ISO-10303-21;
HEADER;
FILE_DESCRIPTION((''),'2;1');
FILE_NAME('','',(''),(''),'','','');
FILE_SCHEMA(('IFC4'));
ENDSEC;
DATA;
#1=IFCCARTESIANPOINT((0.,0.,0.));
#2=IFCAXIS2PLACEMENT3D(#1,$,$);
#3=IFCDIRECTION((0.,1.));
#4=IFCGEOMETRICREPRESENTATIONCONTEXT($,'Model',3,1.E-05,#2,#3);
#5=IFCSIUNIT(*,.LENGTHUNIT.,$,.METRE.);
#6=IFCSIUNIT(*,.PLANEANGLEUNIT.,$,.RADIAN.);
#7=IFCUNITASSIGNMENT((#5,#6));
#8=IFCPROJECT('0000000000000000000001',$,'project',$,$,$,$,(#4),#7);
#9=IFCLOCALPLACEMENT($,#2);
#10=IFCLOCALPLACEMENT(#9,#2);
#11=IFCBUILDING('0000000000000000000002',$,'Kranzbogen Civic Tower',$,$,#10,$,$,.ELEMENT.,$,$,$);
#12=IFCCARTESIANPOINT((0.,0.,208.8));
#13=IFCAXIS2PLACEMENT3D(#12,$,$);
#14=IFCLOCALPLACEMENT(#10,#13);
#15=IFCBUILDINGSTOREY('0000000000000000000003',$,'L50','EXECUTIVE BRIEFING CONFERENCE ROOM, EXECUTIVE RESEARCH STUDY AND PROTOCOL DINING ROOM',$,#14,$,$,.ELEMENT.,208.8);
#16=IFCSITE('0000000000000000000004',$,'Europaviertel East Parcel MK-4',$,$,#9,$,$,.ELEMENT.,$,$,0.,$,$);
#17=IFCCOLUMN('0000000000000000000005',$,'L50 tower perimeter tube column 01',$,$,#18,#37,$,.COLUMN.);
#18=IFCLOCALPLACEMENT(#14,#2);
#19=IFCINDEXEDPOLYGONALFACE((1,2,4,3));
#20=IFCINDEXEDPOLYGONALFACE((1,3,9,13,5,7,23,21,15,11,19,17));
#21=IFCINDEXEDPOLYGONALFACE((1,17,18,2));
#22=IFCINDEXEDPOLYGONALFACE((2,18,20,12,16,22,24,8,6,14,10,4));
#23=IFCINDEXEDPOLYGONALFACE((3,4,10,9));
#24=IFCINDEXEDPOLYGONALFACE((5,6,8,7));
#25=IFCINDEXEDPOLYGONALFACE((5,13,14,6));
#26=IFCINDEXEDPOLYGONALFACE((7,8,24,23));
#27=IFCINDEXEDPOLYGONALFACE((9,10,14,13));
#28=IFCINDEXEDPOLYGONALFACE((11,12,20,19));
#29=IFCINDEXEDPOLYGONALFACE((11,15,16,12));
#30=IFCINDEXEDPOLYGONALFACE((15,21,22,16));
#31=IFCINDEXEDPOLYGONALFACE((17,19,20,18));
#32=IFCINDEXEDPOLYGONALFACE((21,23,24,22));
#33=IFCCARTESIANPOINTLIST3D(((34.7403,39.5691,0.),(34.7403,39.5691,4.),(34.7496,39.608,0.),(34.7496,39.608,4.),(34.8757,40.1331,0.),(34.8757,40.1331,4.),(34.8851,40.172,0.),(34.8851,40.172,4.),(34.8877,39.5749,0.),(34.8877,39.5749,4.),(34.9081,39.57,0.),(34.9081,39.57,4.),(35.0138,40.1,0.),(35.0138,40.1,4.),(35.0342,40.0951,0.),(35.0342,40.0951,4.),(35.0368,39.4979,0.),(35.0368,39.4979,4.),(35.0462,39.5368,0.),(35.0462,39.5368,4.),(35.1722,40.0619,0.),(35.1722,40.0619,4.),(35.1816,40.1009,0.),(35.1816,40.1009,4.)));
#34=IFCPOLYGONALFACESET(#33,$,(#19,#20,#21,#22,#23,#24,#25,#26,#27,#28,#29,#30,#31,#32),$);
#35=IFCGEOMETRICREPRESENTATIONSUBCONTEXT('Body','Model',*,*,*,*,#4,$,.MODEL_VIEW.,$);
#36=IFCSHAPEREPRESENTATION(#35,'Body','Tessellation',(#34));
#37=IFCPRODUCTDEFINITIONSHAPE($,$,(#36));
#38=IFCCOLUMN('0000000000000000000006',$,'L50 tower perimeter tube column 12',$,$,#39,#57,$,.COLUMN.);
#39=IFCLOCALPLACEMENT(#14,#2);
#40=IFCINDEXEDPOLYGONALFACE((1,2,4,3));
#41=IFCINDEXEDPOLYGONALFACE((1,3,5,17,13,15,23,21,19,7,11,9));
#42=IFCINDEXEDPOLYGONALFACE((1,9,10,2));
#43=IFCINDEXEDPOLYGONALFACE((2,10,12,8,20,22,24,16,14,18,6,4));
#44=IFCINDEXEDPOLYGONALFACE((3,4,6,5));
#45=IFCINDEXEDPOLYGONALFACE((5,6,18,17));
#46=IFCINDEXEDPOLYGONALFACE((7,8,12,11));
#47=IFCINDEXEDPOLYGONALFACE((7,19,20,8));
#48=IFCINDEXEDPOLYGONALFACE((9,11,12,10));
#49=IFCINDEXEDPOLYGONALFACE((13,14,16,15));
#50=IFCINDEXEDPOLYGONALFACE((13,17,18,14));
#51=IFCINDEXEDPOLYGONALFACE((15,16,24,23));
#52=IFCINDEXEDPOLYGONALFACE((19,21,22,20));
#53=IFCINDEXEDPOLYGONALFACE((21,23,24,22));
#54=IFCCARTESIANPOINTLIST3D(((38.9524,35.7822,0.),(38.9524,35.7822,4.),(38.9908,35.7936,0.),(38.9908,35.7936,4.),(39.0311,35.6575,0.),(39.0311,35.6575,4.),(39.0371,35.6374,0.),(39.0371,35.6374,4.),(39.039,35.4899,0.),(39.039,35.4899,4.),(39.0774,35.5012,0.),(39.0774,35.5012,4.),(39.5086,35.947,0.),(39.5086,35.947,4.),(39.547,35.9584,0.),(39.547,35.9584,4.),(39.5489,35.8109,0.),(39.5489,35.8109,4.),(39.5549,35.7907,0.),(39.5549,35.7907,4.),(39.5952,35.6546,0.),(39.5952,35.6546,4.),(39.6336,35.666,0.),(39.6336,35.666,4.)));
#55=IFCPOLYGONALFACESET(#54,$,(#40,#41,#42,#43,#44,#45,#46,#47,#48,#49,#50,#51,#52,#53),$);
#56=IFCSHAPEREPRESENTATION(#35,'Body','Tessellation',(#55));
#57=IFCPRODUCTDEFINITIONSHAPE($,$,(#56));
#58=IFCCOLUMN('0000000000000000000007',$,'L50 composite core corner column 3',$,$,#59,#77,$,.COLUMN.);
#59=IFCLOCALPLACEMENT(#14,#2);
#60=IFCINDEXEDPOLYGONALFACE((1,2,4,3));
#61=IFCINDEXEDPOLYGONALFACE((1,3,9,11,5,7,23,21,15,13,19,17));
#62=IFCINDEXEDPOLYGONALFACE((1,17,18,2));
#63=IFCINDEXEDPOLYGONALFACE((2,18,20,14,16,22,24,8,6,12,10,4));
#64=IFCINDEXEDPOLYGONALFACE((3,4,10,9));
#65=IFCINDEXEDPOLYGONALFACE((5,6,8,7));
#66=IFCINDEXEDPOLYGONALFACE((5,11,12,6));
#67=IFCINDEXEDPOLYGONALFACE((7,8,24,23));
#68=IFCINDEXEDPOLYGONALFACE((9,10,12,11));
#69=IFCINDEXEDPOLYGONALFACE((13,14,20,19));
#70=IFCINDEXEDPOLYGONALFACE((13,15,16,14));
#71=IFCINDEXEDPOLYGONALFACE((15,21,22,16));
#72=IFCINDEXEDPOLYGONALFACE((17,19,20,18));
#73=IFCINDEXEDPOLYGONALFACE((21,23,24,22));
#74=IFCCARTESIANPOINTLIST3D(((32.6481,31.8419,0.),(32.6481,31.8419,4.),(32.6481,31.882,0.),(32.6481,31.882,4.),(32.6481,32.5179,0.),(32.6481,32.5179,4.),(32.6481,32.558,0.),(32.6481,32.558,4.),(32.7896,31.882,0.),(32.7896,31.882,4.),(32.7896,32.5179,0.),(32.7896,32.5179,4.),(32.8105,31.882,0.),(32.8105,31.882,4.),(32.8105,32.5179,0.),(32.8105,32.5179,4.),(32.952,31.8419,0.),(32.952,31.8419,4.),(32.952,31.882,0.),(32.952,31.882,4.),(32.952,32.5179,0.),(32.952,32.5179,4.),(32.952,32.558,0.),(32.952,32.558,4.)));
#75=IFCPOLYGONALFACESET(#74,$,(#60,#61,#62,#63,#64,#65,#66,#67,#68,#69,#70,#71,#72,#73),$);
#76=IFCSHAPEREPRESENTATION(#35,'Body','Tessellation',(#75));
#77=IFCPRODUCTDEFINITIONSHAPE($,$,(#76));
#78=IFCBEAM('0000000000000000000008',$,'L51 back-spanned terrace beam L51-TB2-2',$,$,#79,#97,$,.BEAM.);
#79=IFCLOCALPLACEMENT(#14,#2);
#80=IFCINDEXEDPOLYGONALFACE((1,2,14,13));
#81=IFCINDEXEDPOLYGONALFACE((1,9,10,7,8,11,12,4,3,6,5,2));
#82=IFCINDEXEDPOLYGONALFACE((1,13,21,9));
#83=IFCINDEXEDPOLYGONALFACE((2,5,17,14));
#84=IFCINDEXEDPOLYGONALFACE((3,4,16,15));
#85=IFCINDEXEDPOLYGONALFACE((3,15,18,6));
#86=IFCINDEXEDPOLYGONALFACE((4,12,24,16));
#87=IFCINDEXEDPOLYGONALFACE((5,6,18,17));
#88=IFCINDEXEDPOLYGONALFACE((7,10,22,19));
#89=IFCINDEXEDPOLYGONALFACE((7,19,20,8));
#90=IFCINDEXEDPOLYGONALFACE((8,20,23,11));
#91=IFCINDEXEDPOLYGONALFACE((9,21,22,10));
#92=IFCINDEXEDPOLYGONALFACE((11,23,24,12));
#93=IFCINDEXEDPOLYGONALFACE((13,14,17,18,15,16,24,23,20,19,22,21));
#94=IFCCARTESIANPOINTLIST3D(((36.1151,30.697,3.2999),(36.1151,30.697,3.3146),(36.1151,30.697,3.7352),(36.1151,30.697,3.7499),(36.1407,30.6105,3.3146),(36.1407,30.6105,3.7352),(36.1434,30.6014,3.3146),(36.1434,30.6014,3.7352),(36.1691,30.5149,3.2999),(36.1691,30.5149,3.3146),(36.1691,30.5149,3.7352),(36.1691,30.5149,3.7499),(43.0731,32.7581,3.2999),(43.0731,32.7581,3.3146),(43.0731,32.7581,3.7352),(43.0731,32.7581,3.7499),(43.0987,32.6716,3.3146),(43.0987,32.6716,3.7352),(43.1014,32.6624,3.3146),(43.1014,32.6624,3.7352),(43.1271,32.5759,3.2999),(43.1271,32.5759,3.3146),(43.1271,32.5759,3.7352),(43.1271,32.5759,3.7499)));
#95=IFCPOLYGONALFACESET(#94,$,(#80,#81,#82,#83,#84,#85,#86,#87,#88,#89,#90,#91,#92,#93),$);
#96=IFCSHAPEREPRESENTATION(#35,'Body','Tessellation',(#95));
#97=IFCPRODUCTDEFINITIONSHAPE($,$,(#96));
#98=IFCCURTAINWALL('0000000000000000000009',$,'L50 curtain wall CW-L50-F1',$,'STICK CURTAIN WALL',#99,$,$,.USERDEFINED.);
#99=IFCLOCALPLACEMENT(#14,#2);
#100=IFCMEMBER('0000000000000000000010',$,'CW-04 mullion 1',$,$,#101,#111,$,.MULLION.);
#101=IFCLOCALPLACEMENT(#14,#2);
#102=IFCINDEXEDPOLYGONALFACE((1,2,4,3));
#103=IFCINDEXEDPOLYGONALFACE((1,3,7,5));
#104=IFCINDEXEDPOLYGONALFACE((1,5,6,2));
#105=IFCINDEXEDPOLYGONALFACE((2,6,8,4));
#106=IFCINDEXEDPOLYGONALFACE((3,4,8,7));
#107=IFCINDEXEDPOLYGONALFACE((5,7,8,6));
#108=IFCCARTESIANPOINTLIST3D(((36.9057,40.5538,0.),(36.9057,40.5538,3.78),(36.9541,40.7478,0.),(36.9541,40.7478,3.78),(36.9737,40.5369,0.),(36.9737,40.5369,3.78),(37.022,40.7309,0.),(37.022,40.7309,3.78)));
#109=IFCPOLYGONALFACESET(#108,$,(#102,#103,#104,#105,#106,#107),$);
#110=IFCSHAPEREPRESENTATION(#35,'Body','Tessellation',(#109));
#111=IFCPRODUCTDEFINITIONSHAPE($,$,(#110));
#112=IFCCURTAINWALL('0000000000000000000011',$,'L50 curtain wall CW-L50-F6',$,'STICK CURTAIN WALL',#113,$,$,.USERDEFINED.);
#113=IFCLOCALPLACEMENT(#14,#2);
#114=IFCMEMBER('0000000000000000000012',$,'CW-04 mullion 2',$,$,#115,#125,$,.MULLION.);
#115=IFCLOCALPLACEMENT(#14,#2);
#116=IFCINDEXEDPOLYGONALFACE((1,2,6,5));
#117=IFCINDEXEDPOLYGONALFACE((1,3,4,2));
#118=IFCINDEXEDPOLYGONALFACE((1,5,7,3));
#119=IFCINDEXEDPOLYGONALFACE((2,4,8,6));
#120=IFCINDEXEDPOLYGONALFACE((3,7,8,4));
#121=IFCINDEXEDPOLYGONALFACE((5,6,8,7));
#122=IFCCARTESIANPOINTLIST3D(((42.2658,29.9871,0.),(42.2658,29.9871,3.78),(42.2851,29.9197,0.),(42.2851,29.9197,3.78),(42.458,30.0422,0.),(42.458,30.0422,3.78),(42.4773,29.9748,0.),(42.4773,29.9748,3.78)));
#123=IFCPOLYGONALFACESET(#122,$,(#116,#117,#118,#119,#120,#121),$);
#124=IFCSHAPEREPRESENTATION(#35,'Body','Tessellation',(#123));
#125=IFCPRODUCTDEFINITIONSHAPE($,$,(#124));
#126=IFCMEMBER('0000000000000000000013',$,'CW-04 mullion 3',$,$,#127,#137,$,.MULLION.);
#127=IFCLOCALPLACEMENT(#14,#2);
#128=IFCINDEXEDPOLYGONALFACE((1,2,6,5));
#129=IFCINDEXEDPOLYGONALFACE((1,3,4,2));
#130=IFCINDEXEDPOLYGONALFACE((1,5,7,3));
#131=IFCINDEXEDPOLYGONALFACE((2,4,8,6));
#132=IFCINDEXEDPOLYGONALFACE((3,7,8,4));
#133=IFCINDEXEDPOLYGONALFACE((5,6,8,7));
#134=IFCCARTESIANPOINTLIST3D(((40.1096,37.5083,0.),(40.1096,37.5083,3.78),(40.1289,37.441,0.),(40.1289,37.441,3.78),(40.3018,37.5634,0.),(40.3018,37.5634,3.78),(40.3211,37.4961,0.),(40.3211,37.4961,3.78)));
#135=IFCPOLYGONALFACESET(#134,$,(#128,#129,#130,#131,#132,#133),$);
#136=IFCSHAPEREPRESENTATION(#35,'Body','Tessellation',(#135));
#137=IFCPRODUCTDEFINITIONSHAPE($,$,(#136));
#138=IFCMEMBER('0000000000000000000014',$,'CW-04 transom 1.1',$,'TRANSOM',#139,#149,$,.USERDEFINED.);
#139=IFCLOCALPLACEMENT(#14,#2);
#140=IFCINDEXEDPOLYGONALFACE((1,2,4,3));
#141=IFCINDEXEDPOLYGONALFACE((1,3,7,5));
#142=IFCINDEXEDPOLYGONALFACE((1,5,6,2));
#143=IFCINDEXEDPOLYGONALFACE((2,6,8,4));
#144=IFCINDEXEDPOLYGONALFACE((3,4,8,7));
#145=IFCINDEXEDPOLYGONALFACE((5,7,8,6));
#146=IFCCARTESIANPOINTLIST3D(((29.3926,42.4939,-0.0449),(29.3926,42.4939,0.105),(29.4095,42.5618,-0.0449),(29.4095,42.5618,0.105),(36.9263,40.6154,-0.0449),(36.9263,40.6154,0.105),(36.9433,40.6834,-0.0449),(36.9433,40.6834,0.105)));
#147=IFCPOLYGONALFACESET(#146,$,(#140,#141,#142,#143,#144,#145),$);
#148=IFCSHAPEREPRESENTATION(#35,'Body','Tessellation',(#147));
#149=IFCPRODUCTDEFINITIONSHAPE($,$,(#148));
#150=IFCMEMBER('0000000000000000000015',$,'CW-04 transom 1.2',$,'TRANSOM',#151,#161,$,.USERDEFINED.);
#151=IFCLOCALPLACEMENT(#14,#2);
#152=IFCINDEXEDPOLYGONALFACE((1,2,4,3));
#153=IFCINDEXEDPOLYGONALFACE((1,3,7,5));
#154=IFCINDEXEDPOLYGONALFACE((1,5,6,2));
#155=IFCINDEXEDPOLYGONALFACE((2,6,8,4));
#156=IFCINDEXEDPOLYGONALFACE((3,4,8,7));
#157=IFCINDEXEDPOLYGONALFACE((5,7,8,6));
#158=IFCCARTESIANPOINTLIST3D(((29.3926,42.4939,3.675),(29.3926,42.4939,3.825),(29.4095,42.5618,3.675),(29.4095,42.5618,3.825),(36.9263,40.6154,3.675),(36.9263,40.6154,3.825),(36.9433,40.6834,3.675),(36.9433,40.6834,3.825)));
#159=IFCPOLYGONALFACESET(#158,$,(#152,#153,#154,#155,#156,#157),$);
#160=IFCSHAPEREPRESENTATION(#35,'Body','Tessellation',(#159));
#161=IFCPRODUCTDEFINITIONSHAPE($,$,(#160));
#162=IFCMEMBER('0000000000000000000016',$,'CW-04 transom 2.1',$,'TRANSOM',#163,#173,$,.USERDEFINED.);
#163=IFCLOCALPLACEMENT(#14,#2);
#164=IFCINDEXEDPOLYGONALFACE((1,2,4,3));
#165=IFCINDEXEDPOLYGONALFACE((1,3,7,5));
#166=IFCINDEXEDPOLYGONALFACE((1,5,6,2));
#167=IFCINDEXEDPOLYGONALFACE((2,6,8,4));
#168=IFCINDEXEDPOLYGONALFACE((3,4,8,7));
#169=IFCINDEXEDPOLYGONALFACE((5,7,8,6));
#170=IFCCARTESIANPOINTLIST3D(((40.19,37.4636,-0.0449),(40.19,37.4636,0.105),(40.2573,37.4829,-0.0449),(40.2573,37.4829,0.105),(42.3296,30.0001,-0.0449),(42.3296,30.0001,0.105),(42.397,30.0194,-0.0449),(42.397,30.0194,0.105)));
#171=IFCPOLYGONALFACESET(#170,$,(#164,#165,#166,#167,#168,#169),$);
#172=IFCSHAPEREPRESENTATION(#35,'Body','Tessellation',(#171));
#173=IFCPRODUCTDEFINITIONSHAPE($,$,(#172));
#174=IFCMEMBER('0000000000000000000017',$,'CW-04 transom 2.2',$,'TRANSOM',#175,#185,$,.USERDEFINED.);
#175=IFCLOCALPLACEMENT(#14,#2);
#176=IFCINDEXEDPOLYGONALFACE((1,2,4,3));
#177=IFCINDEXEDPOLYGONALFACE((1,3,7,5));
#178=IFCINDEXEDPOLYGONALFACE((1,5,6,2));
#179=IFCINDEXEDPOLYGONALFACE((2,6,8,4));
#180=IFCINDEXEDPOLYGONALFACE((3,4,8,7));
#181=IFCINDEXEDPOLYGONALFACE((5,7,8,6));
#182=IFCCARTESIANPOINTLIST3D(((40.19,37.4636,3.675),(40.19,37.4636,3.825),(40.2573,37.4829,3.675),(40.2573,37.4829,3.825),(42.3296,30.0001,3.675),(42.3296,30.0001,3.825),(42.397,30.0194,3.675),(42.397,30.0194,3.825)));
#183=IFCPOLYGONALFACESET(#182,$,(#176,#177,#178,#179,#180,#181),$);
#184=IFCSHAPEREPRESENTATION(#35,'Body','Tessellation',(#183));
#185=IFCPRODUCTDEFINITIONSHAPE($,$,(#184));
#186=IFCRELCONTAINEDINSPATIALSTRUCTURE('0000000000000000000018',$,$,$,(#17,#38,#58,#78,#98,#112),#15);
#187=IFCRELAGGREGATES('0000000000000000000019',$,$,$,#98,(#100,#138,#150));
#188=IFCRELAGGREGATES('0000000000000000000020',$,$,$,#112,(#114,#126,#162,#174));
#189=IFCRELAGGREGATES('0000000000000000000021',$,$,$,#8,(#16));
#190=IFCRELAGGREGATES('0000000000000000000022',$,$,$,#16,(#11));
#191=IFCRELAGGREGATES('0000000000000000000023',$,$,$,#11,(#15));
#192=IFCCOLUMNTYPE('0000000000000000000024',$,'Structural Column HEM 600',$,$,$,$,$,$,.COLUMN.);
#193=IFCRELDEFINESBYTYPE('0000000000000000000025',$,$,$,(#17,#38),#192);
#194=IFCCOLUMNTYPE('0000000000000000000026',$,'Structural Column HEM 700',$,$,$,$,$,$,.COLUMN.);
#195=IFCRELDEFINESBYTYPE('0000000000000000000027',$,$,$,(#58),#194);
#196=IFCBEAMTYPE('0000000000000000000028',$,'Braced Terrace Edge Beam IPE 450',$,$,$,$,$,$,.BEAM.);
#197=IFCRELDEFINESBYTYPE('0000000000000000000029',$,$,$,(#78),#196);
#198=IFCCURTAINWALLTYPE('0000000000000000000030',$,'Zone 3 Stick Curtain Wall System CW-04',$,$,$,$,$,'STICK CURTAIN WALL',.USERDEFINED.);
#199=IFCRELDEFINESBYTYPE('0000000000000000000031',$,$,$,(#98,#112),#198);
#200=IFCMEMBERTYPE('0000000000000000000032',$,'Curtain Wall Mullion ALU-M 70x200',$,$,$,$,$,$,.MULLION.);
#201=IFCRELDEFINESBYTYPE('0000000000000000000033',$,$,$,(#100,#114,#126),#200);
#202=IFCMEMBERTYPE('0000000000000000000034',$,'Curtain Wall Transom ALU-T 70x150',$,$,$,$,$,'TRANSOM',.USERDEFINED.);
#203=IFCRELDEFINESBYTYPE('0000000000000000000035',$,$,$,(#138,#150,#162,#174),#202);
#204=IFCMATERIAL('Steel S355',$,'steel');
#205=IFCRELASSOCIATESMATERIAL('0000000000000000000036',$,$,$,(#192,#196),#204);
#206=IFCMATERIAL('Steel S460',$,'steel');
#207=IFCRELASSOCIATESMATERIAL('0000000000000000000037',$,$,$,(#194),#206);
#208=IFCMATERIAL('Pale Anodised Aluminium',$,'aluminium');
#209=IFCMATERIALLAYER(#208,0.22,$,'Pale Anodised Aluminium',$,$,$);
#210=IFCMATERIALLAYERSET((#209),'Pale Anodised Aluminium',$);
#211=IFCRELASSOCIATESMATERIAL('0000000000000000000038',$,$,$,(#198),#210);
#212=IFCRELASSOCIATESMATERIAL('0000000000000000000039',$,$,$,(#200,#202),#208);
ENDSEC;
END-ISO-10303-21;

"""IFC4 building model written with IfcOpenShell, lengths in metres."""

from ifc_helpers import new_model, si_unit, direction, frame, origin, origin_2d, place, context, subcontext, project, spatial, rectangle, i_section, extrude, material, layer, layer_set, material_profile, profile_set, type_object, element, aggregate, save


model = new_model("IFC4")

# Units and contexts
model_context = context("Model", 3, precision=1e-05, world=origin(), true_north=direction((0.0, 1.0)))
body_context = subcontext(model_context, "Body", "Model", "MODEL_VIEW")
ifc_project = project(units=[si_unit("LENGTHUNIT", "METRE"), si_unit("PLANEANGLEUNIT", "RADIAN")], contexts=[model_context])

# Site, building, storey
site_placement = place(None, origin())
site = spatial("IfcSite", under=ifc_project, at=site_placement, Name="Europaviertel East Parcel MK-4", CompositionType="ELEMENT", RefElevation=0.0)
building_placement = place(site_placement, origin())
building = spatial("IfcBuilding", under=site, at=building_placement, Name="Kranzbogen Civic Tower", CompositionType="ELEMENT")
storey_placement = place(building_placement, frame((0.0, 0.0, 208.8)))
storey = spatial("IfcBuildingStorey", under=building, at=storey_placement, Name="L50", Description="EXECUTIVE BRIEFING CONFERENCE ROOM, EXECUTIVE RESEARCH STUDY AND PROTOCOL DINING ROOM", CompositionType="ELEMENT", Elevation=208.8)

# Columns
ifc_material_1 = material(Name="Steel S355", Category="steel")
ifc_material_profile_1 = material_profile(ifc_material_1, i_section(OverallWidth=0.3049, OverallDepth=0.6201, WebThickness=0.021, FlangeThickness=0.04, at=origin_2d()), Name="HEM 600")
ifc_profile_set_1 = profile_set([ifc_material_profile_1], Name="Steel S355")
column_type_1 = type_object("IfcColumnType", Name="Structural Column HEM 600", PredefinedType="COLUMN", material=ifc_profile_set_1)
for number, where, z_axis, x_axis, name in (
    (1, (34.9609, 39.835, 0.0), (0.0, 0.0, 1.0), (-0.97237, 0.233445, 0.0), "L50 tower perimeter tube column 01"),
    (2, (39.293, 35.7241, 0.0), (0.0, 0.0, 1.0), (-0.284015, 0.95882, 0.0), "L50 tower perimeter tube column 12"),
):
    element("IfcColumn", number, at=place(storey_placement, frame(where, z_axis=z_axis, x_axis=x_axis)), inside=storey, type_object=column_type_1, Name=name, PredefinedType="COLUMN", context=body_context, shape_type="SweptSolid", body=[
        extrude(i_section(OverallWidth=0.3049, OverallDepth=0.6201, WebThickness=0.021, FlangeThickness=0.04, at=origin_2d()), origin(), (0.0, 0.0, 1.0), 4.0),
    ])
ifc_material_2 = material(Name="Steel S460", Category="steel")
ifc_material_profile_2 = material_profile(ifc_material_2, i_section(OverallWidth=0.304, OverallDepth=0.7161, WebThickness=0.021, FlangeThickness=0.04, at=origin_2d()), Name="HEM 700")
ifc_profile_set_2 = profile_set([ifc_material_profile_2], Name="Steel S460")
column_type_2 = type_object("IfcColumnType", Name="Structural Column HEM 700", PredefinedType="COLUMN", material=ifc_profile_set_2)
column_placement = place(storey_placement, frame((32.8, 32.2, 0.0), z_axis=(0.0, 0.0, 1.0), x_axis=(1.0, 0.0, 0.0)))
element("IfcColumn", 3, at=column_placement, inside=storey, type_object=column_type_2, Name="L50 composite core corner column 3", PredefinedType="COLUMN", context=body_context, shape_type="SweptSolid", body=[
    extrude(i_section(OverallWidth=0.304, OverallDepth=0.7161, WebThickness=0.021, FlangeThickness=0.04, at=origin_2d()), origin(), (0.0, 0.0, 1.0), 4.0),
])

# Beam
ifc_material_profile_3 = material_profile(ifc_material_1, i_section(OverallWidth=0.1899, OverallDepth=0.45, WebThickness=0.0095, FlangeThickness=0.0146, at=origin_2d()), Name="IPE 450")
ifc_profile_set_3 = profile_set([ifc_material_profile_3], Name="Steel S355")
beam_type_1 = type_object("IfcBeamType", Name="Braced Terrace Edge Beam IPE 450", PredefinedType="BEAM", material=ifc_profile_set_3)
beam_1_placement = place(storey_placement, frame((36.1421, 30.606, 3.5249), z_axis=(0.958821, 0.284013, 0.0), x_axis=(-0.284013, 0.958821, 0.0)))
element("IfcBeam", 4, at=beam_1_placement, inside=storey, type_object=beam_type_1, Name="L51 back-spanned terrace beam L51-TB2-2", PredefinedType="BEAM", context=body_context, shape_type="SweptSolid", body=[
    extrude(i_section(OverallWidth=0.1899, OverallDepth=0.45, WebThickness=0.0095, FlangeThickness=0.0146, at=origin_2d()), origin(), (0.0, 0.0, 1.0), 7.2568),
])

# Curtain wall, member
ifc_material_3 = material(Name="Pale Anodised Aluminium", Category="aluminium")
ifc_layer_1 = layer(ifc_material_3, 0.22, Name="Pale Anodised Aluminium")
ifc_layer_set_1 = layer_set([ifc_layer_1], Name="Pale Anodised Aluminium")
curtain_wall_type = type_object("IfcCurtainWallType", Name="Zone 3 Stick Curtain Wall System CW-04", ElementType="STICK CURTAIN WALL", PredefinedType="USERDEFINED", material=ifc_layer_set_1)
curtain_wall_1_placement = place(storey_placement, origin())
curtain_wall_1 = element("IfcCurtainWall", 5, at=curtain_wall_1_placement, inside=storey, type_object=curtain_wall_type, Name="L50 curtain wall CW-L50-F1", ObjectType="STICK CURTAIN WALL", PredefinedType="USERDEFINED")
ifc_material_profile_4 = material_profile(ifc_material_3, rectangle(XDim=0.0701, YDim=0.2, at=origin_2d()), Name="ALU-M 70x200")
ifc_profile_set_4 = profile_set([ifc_material_profile_4], Name="Pale Anodised Aluminium")
member_type_1 = type_object("IfcMemberType", Name="Curtain Wall Mullion ALU-M 70x200", PredefinedType="MULLION", material=ifc_profile_set_4)
member_1_placement = place(storey_placement, frame((36.9639, 40.6423, 0.0), z_axis=(0.0, 0.0, 1.0), x_axis=(-0.9703, 0.241906, 0.0)))
member_1 = element("IfcMember", 6, at=member_1_placement, type_object=member_type_1, Name="CW-04 mullion 1", PredefinedType="MULLION", context=body_context, shape_type="SweptSolid", body=[
    extrude(rectangle(XDim=0.0701, YDim=0.2, at=origin_2d()), origin(), (0.0, 0.0, 1.0), 3.78),
])

# Curtain wall, members
curtain_wall_2_placement = place(storey_placement, origin())
curtain_wall_2 = element("IfcCurtainWall", 7, at=curtain_wall_2_placement, inside=storey, type_object=curtain_wall_type, Name="L50 curtain wall CW-L50-F6", ObjectType="STICK CURTAIN WALL", PredefinedType="USERDEFINED")
member_2_placement = place(storey_placement, frame((42.3716, 29.981, 0.0), z_axis=(0.0, 0.0, 1.0), x_axis=(-0.275587, 0.961276, 0.0)))
member_2 = element("IfcMember", 8, at=member_2_placement, type_object=member_type_1, Name="CW-04 mullion 2", PredefinedType="MULLION", context=body_context, shape_type="SweptSolid", body=[
    extrude(rectangle(XDim=0.0701, YDim=0.2, at=origin_2d()), origin(), (0.0, 0.0, 1.0), 3.78),
])
member_3_placement = place(storey_placement, frame((40.2153, 37.5022, 0.0), z_axis=(0.0, 0.0, 1.0), x_axis=(-0.275587, 0.961276, 0.0)))
member_3 = element("IfcMember", 9, at=member_3_placement, type_object=member_type_1, Name="CW-04 mullion 3", PredefinedType="MULLION", context=body_context, shape_type="SweptSolid", body=[
    extrude(rectangle(XDim=0.0701, YDim=0.2, at=origin_2d()), origin(), (0.0, 0.0, 1.0), 3.78),
])

# Members
ifc_material_profile_5 = material_profile(ifc_material_3, rectangle(XDim=0.0701, YDim=0.1499, at=origin_2d()), Name="ALU-T 70x150")
ifc_profile_set_5 = profile_set([ifc_material_profile_5], Name="Pale Anodised Aluminium")
member_type_2 = type_object("IfcMemberType", Name="Curtain Wall Transom ALU-T 70x150", ElementType="TRANSOM", PredefinedType="USERDEFINED", material=ifc_profile_set_5)
member_4_placement = place(storey_placement, frame((36.9348, 40.6494, 0.03), z_axis=(-0.970294, 0.241929, 0.0), x_axis=(-0.241929, -0.970294, 0.0)))
member_4 = element("IfcMember", 10, at=member_4_placement, type_object=member_type_2, Name="CW-04 transom 1.1", ObjectType="TRANSOM", PredefinedType="USERDEFINED", context=body_context, shape_type="SweptSolid", body=[
    extrude(rectangle(XDim=0.0701, YDim=0.1499, at=origin_2d()), origin(), (0.0, 0.0, 1.0), 7.7644),
])
member_5_placement = place(storey_placement, frame((36.9348, 40.6494, 3.75), z_axis=(-0.970294, 0.241929, 0.0), x_axis=(-0.241929, -0.970294, 0.0)))
member_5 = element("IfcMember", 11, at=member_5_placement, type_object=member_type_2, Name="CW-04 transom 1.2", ObjectType="TRANSOM", PredefinedType="USERDEFINED", context=body_context, shape_type="SweptSolid", body=[
    extrude(rectangle(XDim=0.0701, YDim=0.1499, at=origin_2d()), origin(), (0.0, 0.0, 1.0), 7.7644),
])
member_6_placement = place(storey_placement, frame((42.3633, 30.0098, 0.03), z_axis=(-0.275577, 0.961279, 0.0), x_axis=(-0.961279, -0.275577, 0.0)))
member_6 = element("IfcMember", 12, at=member_6_placement, type_object=member_type_2, Name="CW-04 transom 2.1", ObjectType="TRANSOM", PredefinedType="USERDEFINED", context=body_context, shape_type="SweptSolid", body=[
    extrude(rectangle(XDim=0.0701, YDim=0.1499, at=origin_2d()), origin(), (0.0, 0.0, 1.0), 7.7642),
])
member_7_placement = place(storey_placement, frame((42.3633, 30.0098, 3.75), z_axis=(-0.275577, 0.961279, 0.0), x_axis=(-0.961279, -0.275577, 0.0)))
member_7 = element("IfcMember", 13, at=member_7_placement, type_object=member_type_2, Name="CW-04 transom 2.2", ObjectType="TRANSOM", PredefinedType="USERDEFINED", context=body_context, shape_type="SweptSolid", body=[
    extrude(rectangle(XDim=0.0701, YDim=0.1499, at=origin_2d()), origin(), (0.0, 0.0, 1.0), 7.7642),
])

aggregate(curtain_wall_1, [member_1, member_4, member_5])
aggregate(curtain_wall_2, [member_2, member_3, member_6, member_7])

save(model, "model.ifc")
